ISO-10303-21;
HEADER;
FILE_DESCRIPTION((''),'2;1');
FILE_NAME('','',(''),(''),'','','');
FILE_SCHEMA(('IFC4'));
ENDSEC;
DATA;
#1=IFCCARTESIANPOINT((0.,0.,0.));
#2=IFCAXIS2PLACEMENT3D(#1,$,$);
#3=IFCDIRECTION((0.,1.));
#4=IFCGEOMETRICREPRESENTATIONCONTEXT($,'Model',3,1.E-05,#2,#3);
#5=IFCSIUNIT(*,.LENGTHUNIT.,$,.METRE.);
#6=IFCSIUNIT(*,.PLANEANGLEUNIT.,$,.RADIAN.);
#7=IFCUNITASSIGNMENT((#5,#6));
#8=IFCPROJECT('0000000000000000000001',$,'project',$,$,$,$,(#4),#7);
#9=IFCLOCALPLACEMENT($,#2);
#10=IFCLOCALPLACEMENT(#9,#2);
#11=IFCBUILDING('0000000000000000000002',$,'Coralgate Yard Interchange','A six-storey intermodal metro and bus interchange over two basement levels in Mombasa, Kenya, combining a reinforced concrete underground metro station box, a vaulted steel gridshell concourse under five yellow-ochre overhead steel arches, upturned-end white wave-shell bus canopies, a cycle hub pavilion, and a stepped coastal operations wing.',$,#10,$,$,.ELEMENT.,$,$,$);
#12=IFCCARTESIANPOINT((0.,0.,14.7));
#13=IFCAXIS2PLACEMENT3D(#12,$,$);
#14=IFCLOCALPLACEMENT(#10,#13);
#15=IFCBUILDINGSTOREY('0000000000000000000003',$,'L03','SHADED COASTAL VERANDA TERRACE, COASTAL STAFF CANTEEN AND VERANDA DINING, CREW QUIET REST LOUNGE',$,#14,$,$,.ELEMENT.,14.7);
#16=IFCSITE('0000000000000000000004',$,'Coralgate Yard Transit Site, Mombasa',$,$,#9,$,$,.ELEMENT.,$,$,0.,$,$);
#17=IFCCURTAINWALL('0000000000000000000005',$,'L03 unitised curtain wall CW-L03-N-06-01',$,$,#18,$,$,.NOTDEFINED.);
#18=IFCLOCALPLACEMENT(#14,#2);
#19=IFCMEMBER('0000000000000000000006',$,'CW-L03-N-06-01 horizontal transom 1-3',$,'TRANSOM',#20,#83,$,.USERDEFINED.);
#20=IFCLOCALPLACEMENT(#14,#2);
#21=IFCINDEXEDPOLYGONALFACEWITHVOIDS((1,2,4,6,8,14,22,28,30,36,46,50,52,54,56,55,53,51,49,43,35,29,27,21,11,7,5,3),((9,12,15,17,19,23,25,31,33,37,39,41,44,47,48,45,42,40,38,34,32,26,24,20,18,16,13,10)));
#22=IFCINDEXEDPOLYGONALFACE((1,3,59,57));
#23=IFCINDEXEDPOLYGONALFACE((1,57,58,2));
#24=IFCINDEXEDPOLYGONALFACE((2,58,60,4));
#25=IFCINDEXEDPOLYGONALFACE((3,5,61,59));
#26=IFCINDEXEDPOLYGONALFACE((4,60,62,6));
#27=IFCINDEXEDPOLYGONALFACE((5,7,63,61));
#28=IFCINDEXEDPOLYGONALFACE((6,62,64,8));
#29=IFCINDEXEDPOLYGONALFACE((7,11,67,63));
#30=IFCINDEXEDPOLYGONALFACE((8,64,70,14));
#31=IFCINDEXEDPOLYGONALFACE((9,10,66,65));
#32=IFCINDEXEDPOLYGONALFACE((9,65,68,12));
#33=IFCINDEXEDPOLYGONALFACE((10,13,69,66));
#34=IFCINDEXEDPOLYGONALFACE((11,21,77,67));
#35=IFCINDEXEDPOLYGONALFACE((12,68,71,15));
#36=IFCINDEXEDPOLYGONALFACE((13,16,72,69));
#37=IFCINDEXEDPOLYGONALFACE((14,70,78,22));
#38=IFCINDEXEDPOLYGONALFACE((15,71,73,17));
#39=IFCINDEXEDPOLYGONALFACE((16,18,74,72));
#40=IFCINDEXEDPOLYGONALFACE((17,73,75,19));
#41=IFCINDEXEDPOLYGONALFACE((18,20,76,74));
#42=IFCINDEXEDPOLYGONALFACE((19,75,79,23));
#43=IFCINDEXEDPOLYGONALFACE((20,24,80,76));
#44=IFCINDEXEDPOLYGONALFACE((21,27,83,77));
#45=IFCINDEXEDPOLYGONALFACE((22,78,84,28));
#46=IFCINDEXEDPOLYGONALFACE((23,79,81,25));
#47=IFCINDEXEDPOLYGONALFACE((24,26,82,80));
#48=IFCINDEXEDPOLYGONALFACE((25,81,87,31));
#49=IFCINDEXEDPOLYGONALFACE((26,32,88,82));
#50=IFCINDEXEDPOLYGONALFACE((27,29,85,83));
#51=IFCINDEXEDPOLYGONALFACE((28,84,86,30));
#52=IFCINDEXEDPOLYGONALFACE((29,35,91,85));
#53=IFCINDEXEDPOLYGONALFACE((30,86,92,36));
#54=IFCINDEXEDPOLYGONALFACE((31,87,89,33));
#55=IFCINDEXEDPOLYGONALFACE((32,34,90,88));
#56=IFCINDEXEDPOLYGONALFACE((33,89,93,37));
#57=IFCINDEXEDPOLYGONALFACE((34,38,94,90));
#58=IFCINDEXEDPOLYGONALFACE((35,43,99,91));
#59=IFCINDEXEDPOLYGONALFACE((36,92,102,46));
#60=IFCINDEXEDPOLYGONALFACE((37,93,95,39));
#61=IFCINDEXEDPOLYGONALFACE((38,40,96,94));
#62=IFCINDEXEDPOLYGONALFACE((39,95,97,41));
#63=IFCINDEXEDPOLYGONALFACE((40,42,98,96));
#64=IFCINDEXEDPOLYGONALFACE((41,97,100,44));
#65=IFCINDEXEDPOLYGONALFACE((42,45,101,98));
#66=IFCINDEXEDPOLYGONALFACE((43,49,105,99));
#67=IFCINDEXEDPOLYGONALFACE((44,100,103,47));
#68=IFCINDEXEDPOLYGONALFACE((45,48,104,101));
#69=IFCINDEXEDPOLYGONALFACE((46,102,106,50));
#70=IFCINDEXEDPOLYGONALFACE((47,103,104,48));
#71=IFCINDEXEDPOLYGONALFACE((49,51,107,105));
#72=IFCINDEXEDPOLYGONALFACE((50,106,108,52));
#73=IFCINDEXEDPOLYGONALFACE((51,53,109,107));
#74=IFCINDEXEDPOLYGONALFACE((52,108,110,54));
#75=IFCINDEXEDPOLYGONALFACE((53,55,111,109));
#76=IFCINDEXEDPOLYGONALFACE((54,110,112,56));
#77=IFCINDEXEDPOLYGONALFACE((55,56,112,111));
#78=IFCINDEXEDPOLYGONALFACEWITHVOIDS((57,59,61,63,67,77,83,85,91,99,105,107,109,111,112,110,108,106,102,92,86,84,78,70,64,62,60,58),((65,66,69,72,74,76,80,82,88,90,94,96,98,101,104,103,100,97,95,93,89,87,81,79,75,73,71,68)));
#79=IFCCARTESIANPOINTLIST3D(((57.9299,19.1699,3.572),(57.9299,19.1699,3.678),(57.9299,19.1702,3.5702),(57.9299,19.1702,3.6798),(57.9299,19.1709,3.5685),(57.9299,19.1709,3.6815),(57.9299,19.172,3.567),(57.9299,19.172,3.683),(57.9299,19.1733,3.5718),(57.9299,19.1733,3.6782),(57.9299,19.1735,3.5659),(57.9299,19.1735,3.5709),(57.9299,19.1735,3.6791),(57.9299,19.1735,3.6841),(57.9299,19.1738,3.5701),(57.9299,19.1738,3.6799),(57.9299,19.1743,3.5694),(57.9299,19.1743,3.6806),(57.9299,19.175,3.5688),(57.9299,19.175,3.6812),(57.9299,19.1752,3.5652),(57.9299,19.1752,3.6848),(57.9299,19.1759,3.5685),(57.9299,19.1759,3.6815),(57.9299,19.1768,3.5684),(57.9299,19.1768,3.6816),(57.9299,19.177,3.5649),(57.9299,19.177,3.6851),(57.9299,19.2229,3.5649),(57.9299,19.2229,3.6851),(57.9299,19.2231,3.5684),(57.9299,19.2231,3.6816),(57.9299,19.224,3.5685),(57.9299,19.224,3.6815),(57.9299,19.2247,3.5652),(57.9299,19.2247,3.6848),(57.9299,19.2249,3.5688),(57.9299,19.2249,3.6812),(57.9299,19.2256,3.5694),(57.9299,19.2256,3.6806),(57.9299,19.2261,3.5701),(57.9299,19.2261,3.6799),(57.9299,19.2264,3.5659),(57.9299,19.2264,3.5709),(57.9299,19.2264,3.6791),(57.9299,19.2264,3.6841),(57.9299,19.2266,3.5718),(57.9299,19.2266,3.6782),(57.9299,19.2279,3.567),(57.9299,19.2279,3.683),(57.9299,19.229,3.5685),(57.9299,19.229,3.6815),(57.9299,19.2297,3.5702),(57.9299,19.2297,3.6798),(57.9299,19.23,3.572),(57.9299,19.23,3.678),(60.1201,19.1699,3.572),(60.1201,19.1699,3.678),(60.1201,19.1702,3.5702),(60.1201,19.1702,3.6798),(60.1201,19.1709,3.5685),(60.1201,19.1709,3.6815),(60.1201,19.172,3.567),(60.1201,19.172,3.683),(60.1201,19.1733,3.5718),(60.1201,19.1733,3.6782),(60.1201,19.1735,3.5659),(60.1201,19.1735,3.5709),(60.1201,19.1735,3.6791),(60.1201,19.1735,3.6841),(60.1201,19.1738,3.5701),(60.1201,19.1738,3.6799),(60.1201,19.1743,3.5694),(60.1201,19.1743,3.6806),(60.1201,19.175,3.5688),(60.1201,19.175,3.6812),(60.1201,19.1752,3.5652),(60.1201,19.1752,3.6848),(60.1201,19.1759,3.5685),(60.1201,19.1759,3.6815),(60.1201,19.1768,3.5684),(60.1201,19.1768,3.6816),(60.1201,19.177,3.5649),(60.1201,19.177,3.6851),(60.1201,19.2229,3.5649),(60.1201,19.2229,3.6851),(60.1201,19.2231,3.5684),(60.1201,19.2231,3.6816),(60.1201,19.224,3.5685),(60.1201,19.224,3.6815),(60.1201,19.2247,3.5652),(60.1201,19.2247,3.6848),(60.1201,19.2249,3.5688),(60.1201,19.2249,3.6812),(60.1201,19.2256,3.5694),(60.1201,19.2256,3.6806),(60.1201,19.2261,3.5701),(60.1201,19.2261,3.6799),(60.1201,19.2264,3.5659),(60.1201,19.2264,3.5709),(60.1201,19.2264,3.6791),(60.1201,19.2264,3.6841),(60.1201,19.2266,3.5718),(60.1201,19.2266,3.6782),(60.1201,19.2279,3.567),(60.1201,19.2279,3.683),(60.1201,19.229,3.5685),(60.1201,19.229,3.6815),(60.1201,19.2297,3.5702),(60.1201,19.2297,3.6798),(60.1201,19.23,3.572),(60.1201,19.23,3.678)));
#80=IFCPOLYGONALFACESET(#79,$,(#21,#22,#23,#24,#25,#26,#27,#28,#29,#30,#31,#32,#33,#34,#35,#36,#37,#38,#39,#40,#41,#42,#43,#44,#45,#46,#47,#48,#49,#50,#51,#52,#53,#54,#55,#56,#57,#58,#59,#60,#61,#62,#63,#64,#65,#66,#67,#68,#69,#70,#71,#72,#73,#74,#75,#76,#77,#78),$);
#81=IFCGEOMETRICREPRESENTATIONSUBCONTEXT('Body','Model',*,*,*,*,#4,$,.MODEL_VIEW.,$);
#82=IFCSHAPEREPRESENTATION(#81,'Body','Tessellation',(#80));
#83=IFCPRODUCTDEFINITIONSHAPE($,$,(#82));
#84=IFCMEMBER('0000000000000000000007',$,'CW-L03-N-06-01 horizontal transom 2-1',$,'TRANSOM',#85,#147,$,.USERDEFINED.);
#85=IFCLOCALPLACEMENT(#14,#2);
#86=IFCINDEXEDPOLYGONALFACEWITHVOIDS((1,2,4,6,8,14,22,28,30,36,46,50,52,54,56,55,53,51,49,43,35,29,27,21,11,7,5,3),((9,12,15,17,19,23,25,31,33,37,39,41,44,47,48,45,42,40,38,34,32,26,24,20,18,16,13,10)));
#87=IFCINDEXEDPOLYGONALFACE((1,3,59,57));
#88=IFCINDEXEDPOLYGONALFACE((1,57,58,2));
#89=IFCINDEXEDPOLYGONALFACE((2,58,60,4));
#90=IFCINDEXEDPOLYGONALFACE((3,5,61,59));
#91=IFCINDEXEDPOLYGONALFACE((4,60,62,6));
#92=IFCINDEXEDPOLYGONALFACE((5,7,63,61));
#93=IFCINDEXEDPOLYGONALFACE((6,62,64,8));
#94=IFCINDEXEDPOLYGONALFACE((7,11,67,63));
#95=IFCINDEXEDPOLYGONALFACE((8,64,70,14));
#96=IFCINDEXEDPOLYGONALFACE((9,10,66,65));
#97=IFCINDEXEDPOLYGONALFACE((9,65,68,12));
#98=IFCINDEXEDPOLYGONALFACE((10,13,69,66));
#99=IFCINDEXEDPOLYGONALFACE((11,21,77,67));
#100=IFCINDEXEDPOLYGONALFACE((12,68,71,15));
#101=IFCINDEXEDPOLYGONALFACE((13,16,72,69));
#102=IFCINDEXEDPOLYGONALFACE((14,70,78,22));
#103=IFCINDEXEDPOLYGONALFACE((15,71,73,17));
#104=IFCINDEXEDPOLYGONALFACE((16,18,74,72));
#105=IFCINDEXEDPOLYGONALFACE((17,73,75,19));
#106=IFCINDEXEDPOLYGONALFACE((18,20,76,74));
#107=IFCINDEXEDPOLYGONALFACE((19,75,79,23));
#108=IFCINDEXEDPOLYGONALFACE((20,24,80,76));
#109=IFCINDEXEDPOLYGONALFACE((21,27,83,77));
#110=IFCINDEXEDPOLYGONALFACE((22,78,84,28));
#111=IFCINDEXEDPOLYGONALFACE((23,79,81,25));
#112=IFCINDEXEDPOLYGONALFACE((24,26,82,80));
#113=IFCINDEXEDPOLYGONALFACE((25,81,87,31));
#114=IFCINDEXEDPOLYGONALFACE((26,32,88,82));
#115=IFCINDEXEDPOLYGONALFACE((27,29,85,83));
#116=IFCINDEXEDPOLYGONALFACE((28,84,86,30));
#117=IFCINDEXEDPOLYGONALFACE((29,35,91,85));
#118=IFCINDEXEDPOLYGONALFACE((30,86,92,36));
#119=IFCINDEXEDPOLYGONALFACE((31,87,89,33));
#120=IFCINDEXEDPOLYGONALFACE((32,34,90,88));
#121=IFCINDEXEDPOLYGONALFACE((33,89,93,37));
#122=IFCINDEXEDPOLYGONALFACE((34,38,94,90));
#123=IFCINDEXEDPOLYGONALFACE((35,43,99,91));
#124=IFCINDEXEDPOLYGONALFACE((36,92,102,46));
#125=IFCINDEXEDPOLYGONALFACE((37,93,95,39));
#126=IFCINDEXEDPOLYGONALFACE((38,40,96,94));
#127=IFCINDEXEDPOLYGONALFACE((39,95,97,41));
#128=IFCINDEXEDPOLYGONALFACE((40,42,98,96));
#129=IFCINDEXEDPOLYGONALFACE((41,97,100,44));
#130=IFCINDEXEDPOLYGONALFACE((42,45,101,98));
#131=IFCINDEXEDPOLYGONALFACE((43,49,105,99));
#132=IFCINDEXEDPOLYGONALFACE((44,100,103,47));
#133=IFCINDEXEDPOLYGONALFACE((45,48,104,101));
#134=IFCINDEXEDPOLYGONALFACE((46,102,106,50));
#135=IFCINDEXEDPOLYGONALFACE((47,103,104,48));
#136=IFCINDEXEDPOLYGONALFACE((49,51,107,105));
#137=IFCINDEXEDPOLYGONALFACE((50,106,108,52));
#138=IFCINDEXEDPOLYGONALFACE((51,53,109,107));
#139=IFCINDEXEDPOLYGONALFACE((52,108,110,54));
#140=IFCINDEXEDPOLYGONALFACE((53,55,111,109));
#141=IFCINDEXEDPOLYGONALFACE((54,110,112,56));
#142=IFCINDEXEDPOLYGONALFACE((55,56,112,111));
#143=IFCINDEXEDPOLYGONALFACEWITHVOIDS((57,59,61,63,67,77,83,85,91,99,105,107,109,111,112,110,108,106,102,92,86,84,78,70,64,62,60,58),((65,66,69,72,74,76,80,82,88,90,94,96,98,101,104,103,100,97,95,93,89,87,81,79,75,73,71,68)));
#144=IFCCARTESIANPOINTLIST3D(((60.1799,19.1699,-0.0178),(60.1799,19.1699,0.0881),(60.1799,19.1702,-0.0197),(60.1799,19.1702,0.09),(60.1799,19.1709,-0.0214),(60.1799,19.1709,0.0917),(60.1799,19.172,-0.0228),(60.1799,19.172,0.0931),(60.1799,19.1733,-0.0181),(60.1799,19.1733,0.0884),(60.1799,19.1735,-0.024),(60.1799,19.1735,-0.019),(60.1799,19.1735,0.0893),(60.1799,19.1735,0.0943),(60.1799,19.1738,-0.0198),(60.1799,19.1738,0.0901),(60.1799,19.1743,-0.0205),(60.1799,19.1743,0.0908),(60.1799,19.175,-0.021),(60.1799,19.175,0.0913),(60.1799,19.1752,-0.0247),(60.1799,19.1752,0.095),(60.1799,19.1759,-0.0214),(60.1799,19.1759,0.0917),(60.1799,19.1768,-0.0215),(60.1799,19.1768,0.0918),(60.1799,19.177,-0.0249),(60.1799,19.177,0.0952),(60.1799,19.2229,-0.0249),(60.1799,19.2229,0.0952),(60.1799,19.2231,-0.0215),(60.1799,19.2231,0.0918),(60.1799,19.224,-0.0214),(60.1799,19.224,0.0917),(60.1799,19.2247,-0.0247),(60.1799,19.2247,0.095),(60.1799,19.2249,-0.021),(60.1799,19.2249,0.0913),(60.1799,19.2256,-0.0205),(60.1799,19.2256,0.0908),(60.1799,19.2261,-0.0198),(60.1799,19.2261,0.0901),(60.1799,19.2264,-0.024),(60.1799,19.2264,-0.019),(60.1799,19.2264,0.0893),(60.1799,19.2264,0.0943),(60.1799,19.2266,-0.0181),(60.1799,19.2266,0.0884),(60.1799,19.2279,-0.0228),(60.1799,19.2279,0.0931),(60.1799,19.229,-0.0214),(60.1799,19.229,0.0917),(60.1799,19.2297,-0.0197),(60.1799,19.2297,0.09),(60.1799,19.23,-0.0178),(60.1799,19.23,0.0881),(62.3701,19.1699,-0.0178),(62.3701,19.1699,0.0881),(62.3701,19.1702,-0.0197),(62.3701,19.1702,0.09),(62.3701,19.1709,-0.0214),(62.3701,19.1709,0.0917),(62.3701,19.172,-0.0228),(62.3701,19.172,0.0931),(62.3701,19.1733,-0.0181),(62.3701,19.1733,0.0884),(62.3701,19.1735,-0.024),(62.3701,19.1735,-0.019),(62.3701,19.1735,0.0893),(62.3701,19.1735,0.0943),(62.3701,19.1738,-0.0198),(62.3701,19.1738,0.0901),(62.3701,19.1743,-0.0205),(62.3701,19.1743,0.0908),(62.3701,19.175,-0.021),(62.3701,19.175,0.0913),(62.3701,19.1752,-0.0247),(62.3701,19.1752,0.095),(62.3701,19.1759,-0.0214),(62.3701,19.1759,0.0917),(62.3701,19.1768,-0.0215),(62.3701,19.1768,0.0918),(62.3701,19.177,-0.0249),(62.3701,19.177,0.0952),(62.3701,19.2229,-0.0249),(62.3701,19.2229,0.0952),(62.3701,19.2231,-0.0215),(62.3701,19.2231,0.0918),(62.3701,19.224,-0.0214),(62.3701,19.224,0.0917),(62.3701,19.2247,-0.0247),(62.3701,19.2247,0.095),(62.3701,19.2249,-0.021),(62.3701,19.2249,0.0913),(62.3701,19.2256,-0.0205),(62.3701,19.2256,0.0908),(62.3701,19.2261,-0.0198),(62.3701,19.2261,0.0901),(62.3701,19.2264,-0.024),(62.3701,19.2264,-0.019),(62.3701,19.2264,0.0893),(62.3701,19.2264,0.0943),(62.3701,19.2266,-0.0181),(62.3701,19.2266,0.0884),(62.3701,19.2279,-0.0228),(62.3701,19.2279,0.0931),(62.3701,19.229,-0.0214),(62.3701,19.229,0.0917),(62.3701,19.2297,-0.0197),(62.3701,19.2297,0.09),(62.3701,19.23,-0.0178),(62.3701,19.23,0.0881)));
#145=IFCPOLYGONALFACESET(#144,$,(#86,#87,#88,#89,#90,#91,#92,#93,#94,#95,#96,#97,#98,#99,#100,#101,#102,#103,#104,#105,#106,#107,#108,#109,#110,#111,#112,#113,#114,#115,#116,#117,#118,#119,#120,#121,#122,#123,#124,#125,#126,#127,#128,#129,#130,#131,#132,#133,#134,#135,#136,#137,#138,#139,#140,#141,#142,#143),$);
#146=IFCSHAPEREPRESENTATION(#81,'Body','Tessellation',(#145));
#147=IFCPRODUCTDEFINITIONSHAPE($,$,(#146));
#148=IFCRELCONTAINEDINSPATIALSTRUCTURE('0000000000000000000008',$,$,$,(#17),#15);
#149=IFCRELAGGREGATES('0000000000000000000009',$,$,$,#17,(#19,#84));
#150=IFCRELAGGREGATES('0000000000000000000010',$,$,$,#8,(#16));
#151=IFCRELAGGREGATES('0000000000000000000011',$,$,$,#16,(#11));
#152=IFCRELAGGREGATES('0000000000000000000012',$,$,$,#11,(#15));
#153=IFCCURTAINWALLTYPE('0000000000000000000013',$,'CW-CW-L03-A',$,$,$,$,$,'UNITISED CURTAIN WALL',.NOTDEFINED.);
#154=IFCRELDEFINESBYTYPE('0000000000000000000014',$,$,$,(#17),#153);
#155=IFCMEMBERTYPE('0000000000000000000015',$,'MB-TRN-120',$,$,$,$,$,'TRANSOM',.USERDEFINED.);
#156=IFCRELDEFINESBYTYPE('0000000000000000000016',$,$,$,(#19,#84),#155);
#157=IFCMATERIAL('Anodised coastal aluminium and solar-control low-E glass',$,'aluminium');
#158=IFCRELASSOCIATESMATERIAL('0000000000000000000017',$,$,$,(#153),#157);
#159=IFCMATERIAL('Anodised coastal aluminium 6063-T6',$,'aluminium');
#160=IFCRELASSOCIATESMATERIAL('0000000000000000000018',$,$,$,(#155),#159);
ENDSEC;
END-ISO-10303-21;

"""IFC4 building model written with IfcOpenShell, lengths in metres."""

from ifc_helpers import new_model, si_unit, direction, frame, origin, origin_2d, place, context, subcontext, project, spatial, hollow_rectangle, extrude, material, material_profile, profile_set, type_object, element, aggregate, save


model = new_model("IFC4")

# Units and contexts
model_context = context("Model", 3, precision=1e-05, world=origin(), true_north=direction((0.0, 1.0)))
body_context = subcontext(model_context, "Body", "Model", "MODEL_VIEW")
ifc_project = project(units=[si_unit("LENGTHUNIT", "METRE"), si_unit("PLANEANGLEUNIT", "RADIAN")], contexts=[model_context])

# Site, building, storey
site_placement = place(None, origin())
site = spatial("IfcSite", under=ifc_project, at=site_placement, Name="Coralgate Yard Transit Site, Mombasa", CompositionType="ELEMENT", RefElevation=0.0)
building_placement = place(site_placement, origin())
building = spatial("IfcBuilding", under=site, at=building_placement, Name="Coralgate Yard Interchange", Description="A six-storey intermodal metro and bus interchange over two basement levels in Mombasa, Kenya, combining a reinforced concrete underground metro station box, a vaulted steel gridshell concourse under five yellow-ochre overhead steel arches, upturned-end white wave-shell bus canopies, a cycle hub pavilion, and a stepped coastal operations wing.", CompositionType="ELEMENT")
storey_placement = place(building_placement, frame((0.0, 0.0, 14.7)))
storey = spatial("IfcBuildingStorey", under=building, at=storey_placement, Name="L03", Description="SHADED COASTAL VERANDA TERRACE, COASTAL STAFF CANTEEN AND VERANDA DINING, CREW QUIET REST LOUNGE", CompositionType="ELEMENT", Elevation=14.7)

# Shared definitions
ifc_material_1 = material(Name="Anodised coastal aluminium and solar-control low-E glass", Category="aluminium")
curtain_wall_type = type_object("IfcCurtainWallType", Name="CW-CW-L03-A", ElementType="UNITISED CURTAIN WALL", PredefinedType="NOTDEFINED", material=ifc_material_1)
ifc_material_2 = material(Name="Anodised coastal aluminium 6063-T6", Category="aluminium")

# Curtain wall, members
curtain_wall_1_placement = place(storey_placement, origin())
curtain_wall_1 = element("IfcCurtainWall", 1, at=curtain_wall_1_placement, inside=storey, type_object=curtain_wall_type, Name="L03 unitised curtain wall CW-L03-N-06-01", PredefinedType="NOTDEFINED")
ifc_material_profile_1 = material_profile(ifc_material_2, hollow_rectangle(XDim=0.0601, YDim=0.1201, WallThickness=0.0034, InnerFilletRadius=0.0034, OuterFilletRadius=0.0071, at=origin_2d()), Name="ALU 60x120x3.5")
ifc_profile_set_1 = profile_set([ifc_material_profile_1], Name="Anodised coastal aluminium 6063-T6")
member_type_1 = type_object("IfcMemberType", Name="MB-TRN-120", ElementType="TRANSOM", PredefinedType="USERDEFINED", material=ifc_profile_set_1)
member_1_placement = place(storey_placement, frame((57.9299, 19.2, 3.625), z_axis=(1.0, 0.0, 0.0), x_axis=(0.0, 1.0, 0.0)))
member_1 = element("IfcMember", 2, at=member_1_placement, type_object=member_type_1, Name="CW-L03-N-06-01 horizontal transom 1-3", ObjectType="TRANSOM", PredefinedType="USERDEFINED", context=body_context, shape_type="SweptSolid", body=[
    extrude(hollow_rectangle(XDim=0.0601, YDim=0.1201, WallThickness=0.0034, InnerFilletRadius=0.0034, OuterFilletRadius=0.0071, at=origin_2d()), origin(), (0.0, 0.0, 1.0), 2.1902),
])
member_2_placement = place(storey_placement, frame((60.1799, 19.2, 0.0352), z_axis=(1.0, 0.0, 0.0), x_axis=(0.0, 1.0, 0.0)))
member_2 = element("IfcMember", 3, at=member_2_placement, type_object=member_type_1, Name="CW-L03-N-06-01 horizontal transom 2-1", ObjectType="TRANSOM", PredefinedType="USERDEFINED", context=body_context, shape_type="SweptSolid", body=[
    extrude(hollow_rectangle(XDim=0.0601, YDim=0.1201, WallThickness=0.0034, InnerFilletRadius=0.0034, OuterFilletRadius=0.0071, at=origin_2d()), origin(), (0.0, 0.0, 1.0), 2.1902),
])

aggregate(curtain_wall_1, [member_1, member_2])

save(model, "model.ifc")
